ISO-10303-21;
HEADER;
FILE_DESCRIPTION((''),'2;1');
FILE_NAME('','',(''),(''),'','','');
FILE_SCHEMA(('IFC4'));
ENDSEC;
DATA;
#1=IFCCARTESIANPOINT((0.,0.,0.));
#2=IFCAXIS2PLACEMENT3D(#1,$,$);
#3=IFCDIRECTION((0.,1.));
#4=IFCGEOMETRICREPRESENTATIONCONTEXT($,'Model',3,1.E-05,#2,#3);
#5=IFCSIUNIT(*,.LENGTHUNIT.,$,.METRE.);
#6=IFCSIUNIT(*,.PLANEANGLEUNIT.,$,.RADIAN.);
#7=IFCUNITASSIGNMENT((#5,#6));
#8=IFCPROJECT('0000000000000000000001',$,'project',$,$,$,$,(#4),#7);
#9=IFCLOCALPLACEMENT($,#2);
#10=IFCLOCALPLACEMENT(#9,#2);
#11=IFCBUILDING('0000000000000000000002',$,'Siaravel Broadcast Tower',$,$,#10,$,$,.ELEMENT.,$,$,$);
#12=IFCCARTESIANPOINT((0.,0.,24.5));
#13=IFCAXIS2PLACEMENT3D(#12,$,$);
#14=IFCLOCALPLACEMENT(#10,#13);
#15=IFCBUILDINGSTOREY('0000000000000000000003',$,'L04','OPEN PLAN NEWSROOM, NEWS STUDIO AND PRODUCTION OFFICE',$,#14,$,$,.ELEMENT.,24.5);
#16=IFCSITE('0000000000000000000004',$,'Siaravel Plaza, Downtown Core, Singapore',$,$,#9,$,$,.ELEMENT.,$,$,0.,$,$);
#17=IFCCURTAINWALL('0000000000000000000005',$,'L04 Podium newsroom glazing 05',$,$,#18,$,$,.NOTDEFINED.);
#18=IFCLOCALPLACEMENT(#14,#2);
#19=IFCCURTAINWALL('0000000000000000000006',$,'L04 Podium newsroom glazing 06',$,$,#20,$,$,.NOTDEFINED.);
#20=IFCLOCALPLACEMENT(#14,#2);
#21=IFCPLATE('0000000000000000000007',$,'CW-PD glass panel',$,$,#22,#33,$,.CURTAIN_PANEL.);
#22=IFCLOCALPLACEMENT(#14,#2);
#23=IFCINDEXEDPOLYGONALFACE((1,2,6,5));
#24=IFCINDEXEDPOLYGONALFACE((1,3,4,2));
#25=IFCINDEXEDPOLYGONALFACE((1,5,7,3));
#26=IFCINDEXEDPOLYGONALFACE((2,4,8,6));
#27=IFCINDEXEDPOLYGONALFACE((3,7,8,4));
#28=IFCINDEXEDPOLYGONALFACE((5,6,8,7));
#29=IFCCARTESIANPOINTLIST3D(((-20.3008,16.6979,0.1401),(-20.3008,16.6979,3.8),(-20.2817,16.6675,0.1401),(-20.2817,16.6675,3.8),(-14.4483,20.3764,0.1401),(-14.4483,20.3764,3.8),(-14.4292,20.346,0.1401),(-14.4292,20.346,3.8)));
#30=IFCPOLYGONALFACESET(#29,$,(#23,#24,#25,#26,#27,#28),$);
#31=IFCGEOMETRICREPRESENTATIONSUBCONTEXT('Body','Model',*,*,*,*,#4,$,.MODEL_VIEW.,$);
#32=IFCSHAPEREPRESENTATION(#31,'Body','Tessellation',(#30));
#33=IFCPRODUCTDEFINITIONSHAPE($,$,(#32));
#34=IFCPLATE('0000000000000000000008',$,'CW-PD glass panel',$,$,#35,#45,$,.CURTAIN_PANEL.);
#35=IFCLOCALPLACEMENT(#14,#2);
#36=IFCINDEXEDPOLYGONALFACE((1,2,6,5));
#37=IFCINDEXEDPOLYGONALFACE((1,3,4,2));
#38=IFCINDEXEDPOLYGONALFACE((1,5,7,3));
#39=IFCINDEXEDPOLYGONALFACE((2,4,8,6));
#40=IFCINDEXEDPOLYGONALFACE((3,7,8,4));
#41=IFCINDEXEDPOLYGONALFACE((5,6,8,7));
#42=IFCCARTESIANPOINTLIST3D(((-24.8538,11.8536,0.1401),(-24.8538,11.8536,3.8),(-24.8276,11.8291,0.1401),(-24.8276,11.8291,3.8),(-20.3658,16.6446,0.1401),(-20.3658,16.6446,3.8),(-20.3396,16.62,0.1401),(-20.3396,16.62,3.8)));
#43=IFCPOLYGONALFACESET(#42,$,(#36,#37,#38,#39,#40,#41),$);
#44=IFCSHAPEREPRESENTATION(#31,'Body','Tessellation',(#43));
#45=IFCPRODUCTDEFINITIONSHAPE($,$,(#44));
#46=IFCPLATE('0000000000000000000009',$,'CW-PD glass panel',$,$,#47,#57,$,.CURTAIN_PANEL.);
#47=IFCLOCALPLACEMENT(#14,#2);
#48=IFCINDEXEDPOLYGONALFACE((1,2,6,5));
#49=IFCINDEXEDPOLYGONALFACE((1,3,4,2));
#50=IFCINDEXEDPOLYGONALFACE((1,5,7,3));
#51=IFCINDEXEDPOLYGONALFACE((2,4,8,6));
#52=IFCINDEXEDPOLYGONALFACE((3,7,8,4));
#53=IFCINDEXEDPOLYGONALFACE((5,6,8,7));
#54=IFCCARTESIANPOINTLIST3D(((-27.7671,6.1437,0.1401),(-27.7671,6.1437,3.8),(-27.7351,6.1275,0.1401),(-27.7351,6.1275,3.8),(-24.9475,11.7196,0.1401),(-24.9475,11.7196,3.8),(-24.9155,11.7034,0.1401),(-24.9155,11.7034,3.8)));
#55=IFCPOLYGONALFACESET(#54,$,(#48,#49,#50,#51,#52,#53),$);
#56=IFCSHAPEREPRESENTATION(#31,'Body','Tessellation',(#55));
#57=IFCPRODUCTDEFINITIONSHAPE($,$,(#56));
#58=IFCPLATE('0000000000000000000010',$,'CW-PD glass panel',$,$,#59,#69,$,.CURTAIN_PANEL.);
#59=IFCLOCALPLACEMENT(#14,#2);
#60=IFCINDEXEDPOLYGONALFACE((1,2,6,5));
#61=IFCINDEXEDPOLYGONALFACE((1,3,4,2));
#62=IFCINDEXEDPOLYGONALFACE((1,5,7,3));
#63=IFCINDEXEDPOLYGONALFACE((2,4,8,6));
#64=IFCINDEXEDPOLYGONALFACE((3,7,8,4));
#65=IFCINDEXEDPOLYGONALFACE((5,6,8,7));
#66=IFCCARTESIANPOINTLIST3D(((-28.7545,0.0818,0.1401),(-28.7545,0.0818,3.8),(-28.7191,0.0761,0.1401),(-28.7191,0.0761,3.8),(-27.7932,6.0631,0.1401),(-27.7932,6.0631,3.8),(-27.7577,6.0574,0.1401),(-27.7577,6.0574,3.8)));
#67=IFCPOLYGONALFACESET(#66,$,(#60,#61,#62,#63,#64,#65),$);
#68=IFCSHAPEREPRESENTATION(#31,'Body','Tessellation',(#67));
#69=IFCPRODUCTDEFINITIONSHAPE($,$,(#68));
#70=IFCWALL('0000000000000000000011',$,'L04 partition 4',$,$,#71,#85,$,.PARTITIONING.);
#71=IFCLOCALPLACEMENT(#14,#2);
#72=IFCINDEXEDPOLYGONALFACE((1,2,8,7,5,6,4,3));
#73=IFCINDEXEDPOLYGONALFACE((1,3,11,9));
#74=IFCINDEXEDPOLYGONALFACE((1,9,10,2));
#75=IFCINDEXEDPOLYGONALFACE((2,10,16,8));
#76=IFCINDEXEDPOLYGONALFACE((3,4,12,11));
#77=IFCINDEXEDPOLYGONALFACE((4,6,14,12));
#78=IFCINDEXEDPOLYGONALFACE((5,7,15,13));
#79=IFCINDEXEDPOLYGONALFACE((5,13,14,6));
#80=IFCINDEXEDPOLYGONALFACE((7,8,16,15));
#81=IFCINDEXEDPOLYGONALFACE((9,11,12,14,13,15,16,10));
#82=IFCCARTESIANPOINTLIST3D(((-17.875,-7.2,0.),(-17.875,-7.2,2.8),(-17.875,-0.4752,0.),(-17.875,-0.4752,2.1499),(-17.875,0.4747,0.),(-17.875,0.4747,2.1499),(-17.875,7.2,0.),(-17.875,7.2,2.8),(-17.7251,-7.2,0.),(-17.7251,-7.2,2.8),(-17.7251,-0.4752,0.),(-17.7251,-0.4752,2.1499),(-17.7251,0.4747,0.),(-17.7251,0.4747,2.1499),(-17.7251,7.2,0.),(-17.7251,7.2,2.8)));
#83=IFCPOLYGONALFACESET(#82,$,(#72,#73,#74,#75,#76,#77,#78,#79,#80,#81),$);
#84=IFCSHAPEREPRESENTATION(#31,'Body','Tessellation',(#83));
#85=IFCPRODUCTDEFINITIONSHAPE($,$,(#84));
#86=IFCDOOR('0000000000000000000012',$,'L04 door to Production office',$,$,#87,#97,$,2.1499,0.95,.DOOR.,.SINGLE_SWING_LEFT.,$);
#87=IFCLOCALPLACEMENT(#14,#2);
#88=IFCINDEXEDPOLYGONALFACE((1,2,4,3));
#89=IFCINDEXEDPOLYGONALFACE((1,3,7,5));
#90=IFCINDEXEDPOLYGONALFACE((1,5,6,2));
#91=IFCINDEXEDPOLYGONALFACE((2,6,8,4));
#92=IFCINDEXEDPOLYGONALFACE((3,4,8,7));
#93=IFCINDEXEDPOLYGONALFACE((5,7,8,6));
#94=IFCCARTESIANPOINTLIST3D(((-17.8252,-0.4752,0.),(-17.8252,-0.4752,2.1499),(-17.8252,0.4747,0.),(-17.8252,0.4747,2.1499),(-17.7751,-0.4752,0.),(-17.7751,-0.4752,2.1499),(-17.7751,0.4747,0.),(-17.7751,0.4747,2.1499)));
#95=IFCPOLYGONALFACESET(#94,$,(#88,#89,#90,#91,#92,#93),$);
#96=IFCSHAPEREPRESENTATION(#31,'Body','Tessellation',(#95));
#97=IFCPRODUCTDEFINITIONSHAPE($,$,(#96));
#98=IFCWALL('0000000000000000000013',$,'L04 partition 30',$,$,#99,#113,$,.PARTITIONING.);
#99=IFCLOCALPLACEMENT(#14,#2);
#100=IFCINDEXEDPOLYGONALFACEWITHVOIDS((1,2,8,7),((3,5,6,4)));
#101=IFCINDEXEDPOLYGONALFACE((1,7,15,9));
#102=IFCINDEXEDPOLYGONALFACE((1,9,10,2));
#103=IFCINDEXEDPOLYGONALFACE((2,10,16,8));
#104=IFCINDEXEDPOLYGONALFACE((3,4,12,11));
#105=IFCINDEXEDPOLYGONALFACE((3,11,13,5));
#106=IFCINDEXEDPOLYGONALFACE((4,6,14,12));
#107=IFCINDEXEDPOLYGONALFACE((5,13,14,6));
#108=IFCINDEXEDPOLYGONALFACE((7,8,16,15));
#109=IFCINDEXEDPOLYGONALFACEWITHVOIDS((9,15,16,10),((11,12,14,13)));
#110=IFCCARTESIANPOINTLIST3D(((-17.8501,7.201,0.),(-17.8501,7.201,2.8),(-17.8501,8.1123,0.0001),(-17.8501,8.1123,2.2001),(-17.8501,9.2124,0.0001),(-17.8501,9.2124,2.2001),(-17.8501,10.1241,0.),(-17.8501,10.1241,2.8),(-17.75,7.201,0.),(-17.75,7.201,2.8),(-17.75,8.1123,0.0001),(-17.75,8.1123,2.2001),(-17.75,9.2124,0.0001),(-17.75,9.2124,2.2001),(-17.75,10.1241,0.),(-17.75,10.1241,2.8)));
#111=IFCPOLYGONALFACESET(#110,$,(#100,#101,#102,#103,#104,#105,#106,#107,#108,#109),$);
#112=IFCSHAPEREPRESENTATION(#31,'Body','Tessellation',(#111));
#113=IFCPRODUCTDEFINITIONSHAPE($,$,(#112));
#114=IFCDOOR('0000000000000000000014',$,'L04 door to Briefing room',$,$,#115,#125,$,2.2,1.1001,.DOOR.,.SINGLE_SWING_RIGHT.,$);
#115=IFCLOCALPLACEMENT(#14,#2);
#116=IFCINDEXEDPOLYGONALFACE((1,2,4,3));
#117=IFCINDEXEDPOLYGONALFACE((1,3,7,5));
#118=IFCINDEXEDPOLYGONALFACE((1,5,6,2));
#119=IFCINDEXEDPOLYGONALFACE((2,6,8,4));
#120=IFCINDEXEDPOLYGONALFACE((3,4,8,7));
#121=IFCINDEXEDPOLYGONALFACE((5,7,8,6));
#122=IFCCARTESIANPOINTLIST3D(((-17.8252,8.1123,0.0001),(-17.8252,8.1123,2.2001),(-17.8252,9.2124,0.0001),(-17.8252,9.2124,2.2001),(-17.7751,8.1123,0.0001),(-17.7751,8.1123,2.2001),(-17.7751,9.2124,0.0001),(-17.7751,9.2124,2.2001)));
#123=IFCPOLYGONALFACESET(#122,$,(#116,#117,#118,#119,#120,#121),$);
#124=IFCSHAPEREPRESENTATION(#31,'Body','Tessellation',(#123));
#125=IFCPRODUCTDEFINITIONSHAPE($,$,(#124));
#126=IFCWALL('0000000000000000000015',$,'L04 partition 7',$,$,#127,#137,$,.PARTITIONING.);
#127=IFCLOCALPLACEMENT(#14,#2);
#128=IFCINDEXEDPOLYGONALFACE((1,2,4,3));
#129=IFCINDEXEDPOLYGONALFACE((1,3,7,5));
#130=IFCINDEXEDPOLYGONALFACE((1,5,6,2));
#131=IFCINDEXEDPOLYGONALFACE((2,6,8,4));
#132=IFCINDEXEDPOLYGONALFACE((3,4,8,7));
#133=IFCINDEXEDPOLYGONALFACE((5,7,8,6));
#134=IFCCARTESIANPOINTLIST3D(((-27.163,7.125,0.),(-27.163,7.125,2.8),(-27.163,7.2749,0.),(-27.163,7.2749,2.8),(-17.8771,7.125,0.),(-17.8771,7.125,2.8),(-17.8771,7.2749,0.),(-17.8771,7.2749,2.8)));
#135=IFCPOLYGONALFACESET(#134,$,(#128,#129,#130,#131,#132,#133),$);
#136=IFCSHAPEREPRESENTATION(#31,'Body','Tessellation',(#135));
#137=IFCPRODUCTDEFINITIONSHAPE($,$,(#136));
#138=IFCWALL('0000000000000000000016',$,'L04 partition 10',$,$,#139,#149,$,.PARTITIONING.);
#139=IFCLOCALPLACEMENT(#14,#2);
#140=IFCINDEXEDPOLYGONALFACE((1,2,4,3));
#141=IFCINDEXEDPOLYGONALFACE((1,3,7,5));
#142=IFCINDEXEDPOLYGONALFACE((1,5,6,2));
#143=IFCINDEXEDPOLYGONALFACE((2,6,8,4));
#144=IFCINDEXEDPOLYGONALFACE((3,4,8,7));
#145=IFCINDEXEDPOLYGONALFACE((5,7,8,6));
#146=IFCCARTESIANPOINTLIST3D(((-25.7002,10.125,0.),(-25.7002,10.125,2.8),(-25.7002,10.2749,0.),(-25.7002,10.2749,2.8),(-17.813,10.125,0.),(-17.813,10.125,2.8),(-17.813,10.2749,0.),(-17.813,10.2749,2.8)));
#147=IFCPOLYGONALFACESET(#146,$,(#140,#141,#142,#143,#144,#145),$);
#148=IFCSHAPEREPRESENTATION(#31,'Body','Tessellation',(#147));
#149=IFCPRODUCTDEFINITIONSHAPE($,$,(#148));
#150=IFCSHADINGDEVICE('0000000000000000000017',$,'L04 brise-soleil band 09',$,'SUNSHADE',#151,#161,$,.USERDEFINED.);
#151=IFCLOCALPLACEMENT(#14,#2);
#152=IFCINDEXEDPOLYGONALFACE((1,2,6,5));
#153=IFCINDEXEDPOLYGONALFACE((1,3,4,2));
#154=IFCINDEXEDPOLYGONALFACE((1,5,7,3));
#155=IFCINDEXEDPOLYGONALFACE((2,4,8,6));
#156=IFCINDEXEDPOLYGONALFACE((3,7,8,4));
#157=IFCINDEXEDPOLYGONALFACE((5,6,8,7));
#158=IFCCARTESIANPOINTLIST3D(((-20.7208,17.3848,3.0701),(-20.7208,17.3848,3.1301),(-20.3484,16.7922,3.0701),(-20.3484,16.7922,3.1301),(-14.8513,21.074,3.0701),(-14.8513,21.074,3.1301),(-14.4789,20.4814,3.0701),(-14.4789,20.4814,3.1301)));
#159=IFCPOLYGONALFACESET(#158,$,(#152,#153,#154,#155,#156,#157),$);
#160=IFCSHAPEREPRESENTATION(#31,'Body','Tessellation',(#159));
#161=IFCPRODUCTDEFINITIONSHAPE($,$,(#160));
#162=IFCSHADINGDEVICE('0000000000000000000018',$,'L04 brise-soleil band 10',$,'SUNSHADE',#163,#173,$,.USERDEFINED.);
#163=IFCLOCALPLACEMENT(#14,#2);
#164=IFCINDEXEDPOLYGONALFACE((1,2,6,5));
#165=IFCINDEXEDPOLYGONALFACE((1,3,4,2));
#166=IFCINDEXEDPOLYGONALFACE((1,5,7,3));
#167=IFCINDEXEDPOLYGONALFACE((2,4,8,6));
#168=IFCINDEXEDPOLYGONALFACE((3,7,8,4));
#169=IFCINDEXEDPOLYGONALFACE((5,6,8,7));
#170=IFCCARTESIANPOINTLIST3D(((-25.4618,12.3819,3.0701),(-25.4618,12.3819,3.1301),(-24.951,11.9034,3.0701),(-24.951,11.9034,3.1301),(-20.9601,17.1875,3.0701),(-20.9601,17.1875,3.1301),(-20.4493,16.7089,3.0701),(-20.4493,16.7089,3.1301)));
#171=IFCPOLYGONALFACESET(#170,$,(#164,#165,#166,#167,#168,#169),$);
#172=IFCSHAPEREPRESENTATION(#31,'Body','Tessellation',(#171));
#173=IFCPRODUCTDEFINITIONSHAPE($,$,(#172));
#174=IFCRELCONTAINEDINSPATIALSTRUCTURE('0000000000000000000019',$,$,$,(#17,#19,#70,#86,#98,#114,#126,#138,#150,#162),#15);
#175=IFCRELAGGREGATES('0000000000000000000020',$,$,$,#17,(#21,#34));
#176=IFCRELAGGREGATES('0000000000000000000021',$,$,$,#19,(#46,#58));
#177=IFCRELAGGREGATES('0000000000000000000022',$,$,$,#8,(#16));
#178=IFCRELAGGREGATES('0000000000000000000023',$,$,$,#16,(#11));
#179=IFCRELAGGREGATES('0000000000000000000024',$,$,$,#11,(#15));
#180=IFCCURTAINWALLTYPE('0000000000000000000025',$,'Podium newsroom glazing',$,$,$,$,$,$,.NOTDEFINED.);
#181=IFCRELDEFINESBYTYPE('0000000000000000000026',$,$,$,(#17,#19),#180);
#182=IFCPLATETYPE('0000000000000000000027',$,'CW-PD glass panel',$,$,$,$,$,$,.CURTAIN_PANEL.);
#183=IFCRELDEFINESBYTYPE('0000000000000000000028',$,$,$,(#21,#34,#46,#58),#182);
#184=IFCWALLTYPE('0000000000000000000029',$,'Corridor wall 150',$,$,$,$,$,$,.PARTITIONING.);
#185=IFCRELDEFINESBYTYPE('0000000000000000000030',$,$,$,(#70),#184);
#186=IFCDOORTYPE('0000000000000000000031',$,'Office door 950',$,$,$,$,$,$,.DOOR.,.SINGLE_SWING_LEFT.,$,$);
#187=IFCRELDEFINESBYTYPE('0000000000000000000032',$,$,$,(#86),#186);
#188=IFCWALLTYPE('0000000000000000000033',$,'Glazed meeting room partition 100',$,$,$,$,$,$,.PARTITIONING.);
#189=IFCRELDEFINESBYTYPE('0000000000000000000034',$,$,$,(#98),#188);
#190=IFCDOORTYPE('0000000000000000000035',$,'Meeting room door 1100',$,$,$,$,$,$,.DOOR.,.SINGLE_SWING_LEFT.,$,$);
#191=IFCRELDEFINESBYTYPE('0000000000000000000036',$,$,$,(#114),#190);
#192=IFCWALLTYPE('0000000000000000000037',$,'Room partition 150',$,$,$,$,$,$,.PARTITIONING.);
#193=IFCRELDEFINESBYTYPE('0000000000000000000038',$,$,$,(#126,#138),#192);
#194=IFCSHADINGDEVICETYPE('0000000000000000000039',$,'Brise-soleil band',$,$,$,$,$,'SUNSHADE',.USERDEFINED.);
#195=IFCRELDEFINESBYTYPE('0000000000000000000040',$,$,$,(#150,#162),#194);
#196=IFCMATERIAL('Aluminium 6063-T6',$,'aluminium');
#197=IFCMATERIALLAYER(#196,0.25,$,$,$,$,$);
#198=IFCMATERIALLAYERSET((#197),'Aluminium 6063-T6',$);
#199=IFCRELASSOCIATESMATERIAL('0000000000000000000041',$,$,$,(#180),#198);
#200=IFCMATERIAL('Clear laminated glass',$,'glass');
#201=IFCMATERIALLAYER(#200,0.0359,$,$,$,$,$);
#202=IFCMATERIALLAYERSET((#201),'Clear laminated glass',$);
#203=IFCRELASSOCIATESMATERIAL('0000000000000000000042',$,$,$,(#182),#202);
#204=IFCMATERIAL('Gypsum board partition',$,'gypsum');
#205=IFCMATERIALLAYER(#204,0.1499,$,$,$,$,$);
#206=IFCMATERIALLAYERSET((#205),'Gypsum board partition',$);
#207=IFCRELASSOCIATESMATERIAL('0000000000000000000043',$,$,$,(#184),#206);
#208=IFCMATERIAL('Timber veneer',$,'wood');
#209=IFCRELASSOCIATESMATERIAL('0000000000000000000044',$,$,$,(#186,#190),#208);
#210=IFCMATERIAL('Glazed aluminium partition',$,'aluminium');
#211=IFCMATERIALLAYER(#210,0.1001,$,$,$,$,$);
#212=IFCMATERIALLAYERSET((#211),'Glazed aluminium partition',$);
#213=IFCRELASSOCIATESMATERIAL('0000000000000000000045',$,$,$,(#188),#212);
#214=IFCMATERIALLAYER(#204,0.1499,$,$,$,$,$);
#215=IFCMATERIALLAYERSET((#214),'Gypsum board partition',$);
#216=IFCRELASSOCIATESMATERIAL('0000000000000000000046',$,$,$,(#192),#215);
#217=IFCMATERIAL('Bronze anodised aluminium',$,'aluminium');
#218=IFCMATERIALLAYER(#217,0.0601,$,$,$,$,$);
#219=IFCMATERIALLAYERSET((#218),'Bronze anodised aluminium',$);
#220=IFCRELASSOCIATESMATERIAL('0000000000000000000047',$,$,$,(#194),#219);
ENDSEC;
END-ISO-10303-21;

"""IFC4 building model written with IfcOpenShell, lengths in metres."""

from ifc_helpers import new_model, si_unit, direction, frame, frame_2d, origin, origin_2d, place, context, subcontext, project, spatial, rectangle, extrude, material, layer, layer_set, type_object, element, fill, aggregate, save


model = new_model("IFC4")

# Units and contexts
model_context = context("Model", 3, precision=1e-05, world=origin(), true_north=direction((0.0, 1.0)))
body_context = subcontext(model_context, "Body", "Model", "MODEL_VIEW")
ifc_project = project(units=[si_unit("LENGTHUNIT", "METRE"), si_unit("PLANEANGLEUNIT", "RADIAN")], contexts=[model_context])

# Site, building, storey
site_placement = place(None, origin())
site = spatial("IfcSite", under=ifc_project, at=site_placement, Name="Siaravel Plaza, Downtown Core, Singapore", CompositionType="ELEMENT", RefElevation=0.0)
building_placement = place(site_placement, origin())
building = spatial("IfcBuilding", under=site, at=building_placement, Name="Siaravel Broadcast Tower", CompositionType="ELEMENT")
storey_placement = place(building_placement, frame((0.0, 0.0, 24.5)))
storey = spatial("IfcBuildingStorey", under=building, at=storey_placement, Name="L04", Description="OPEN PLAN NEWSROOM, NEWS STUDIO AND PRODUCTION OFFICE", CompositionType="ELEMENT", Elevation=24.5)

# Curtain walls
ifc_material_1 = material(Name="Aluminium 6063-T6", Category="aluminium")
ifc_layer_1 = layer(ifc_material_1, 0.25)
ifc_layer_set_1 = layer_set([ifc_layer_1], Name="Aluminium 6063-T6")
curtain_wall_type = type_object("IfcCurtainWallType", Name="Podium newsroom glazing", PredefinedType="NOTDEFINED", material=ifc_layer_set_1)
curtain_wall_1_placement = place(storey_placement, origin())
curtain_wall_1 = element("IfcCurtainWall", 1, at=curtain_wall_1_placement, inside=storey, type_object=curtain_wall_type, Name="L04 Podium newsroom glazing 05", PredefinedType="NOTDEFINED")
curtain_wall_2_placement = place(storey_placement, origin())
curtain_wall_2 = element("IfcCurtainWall", 2, at=curtain_wall_2_placement, inside=storey, type_object=curtain_wall_type, Name="L04 Podium newsroom glazing 06", PredefinedType="NOTDEFINED")

# Plates
ifc_material_2 = material(Name="Clear laminated glass", Category="glass")
ifc_layer_2 = layer(ifc_material_2, 0.0359)
ifc_layer_set_2 = layer_set([ifc_layer_2], Name="Clear laminated glass")
plate_type = type_object("IfcPlateType", Name="CW-PD glass panel", PredefinedType="CURTAIN_PANEL", material=ifc_layer_set_2)
plate_1_placement = place(storey_placement, frame((-17.365, 18.522, 0.1401), z_axis=(0.0, 0.0, 1.0), x_axis=(-0.846651, -0.532149, 0.0)))
plate_1 = element("IfcPlate", 3, at=plate_1_placement, type_object=plate_type, Name="CW-PD glass panel", PredefinedType="CURTAIN_PANEL", context=body_context, shape_type="SweptSolid", body=[
    extrude(rectangle(XDim=6.9126, YDim=0.0359, at=origin_2d()), origin(), (0.0, 0.0, 1.0), 3.6599),
])
plate_2_placement = place(storey_placement, frame((-22.5967, 14.2368, 0.1401), z_axis=(0.0, 0.0, 1.0), x_axis=(-0.683656, -0.729804, 0.0)))
plate_2 = element("IfcPlate", 4, at=plate_2_placement, type_object=plate_type, Name="CW-PD glass panel", PredefinedType="CURTAIN_PANEL", context=body_context, shape_type="SweptSolid", body=[
    extrude(rectangle(XDim=6.5647, YDim=0.0359, at=origin_2d()), origin(), (0.0, 0.0, 1.0), 3.6599),
])
aggregate(curtain_wall_1, [plate_1, plate_2])
plate_3_placement = place(storey_placement, frame((-26.3413, 8.9236, 0.1401), z_axis=(0.0, 0.0, 1.0), x_axis=(-0.451262, -0.892392, 0.0)))
plate_3 = element("IfcPlate", 5, at=plate_3_placement, type_object=plate_type, Name="CW-PD glass panel", PredefinedType="CURTAIN_PANEL", context=body_context, shape_type="SweptSolid", body=[
    extrude(rectangle(XDim=6.2483, YDim=0.0359, at=origin_2d()), origin(), (0.0, 0.0, 1.0), 3.6599),
])
plate_4_placement = place(storey_placement, frame((-28.2561, 3.0696, 0.1401), z_axis=(0.0, 0.0, 1.0), x_axis=(-0.158686, -0.987329, 0.0)))
plate_4 = element("IfcPlate", 6, at=plate_4_placement, type_object=plate_type, Name="CW-PD glass panel", PredefinedType="CURTAIN_PANEL", context=body_context, shape_type="SweptSolid", body=[
    extrude(rectangle(XDim=6.0581, YDim=0.0359, at=origin_2d()), origin(), (0.0, 0.0, 1.0), 3.6599),
])
aggregate(curtain_wall_2, [plate_3, plate_4])

# Walls, openings, doors
ifc_material_3 = material(Name="Gypsum board partition", Category="gypsum")
ifc_layer_3 = layer(ifc_material_3, 0.1499)
ifc_layer_set_3 = layer_set([ifc_layer_3], Name="Gypsum board partition")
wall_type_1 = type_object("IfcWallType", Name="Corridor wall 150", PredefinedType="PARTITIONING", material=ifc_layer_set_3)
wall_1_placement = place(storey_placement, frame((-17.8, 7.2, 0.0), z_axis=(0.0, 0.0, 1.0), x_axis=(0.0, -1.0, 0.0)))
wall_1 = element("IfcWall", 7, at=wall_1_placement, inside=storey, type_object=wall_type_1, Name="L04 partition 4", PredefinedType="PARTITIONING", context=body_context, shape_type="SweptSolid", body=[
    extrude(rectangle(XDim=14.3999, YDim=0.1499, at=frame_2d((7.2, 0.0))), origin(), (0.0, 0.0, 1.0), 2.8),
])
opening_1_placement = place(wall_1_placement, frame((6.7251, 0.0, 0.0)))
opening_1 = element("IfcOpeningElement", 8, at=opening_1_placement, cuts=wall_1, PredefinedType="OPENING", context=body_context, shape_type="SweptSolid", body=[
    extrude(rectangle(XDim=0.95, YDim=2.1499, at=frame_2d((0.4751, 1.075))), frame((0.0, 0.085, 0.0), z_axis=(0.0, -1.0, 0.0), x_axis=(1.0, 0.0, 0.0)), (0.0, 0.0, 1.0), 0.1699),
])
ifc_material_4 = material(Name="Timber veneer", Category="wood")
door_type_1 = type_object("IfcDoorType", Name="Office door 950", OperationType="SINGLE_SWING_LEFT", PredefinedType="DOOR", material=ifc_material_4)
door_1_placement = place(opening_1_placement, origin())
door_1 = element("IfcDoor", 9, at=door_1_placement, inside=storey, type_object=door_type_1, Name="L04 door to Production office", OperationType="SINGLE_SWING_LEFT", OverallHeight=2.1499, OverallWidth=0.95, PredefinedType="DOOR", context=body_context, shape_type="SweptSolid", body=[
    extrude(rectangle(XDim=0.95, YDim=2.1499, at=frame_2d((0.4751, 1.075))), frame((0.0, 0.0249, 0.0), z_axis=(0.0, -1.0, 0.0), x_axis=(1.0, 0.0, 0.0)), (0.0, 0.0, 1.0), 0.05),
])
fill(opening_1, door_1)
ifc_material_5 = material(Name="Glazed aluminium partition", Category="aluminium")
ifc_layer_4 = layer(ifc_material_5, 0.1001)
ifc_layer_set_4 = layer_set([ifc_layer_4], Name="Glazed aluminium partition")
wall_type_2 = type_object("IfcWallType", Name="Glazed meeting room partition 100", PredefinedType="PARTITIONING", material=ifc_layer_set_4)
wall_2_placement = place(storey_placement, frame((-17.8, 10.124, 0.0), z_axis=(0.0, 0.0, 1.0), x_axis=(0.0, -1.0, 0.0)))
wall_2 = element("IfcWall", 10, at=wall_2_placement, inside=storey, type_object=wall_type_2, Name="L04 partition 30", PredefinedType="PARTITIONING", context=body_context, shape_type="SweptSolid", body=[
    extrude(rectangle(XDim=2.9231, YDim=0.1001, at=frame_2d((1.4614, 0.0))), origin(), (0.0, 0.0, 1.0), 2.8),
])
opening_2_placement = place(wall_2_placement, frame((0.9116, 0.0, 0.0)))
opening_2 = element("IfcOpeningElement", 11, at=opening_2_placement, cuts=wall_2, PredefinedType="OPENING", context=body_context, shape_type="SweptSolid", body=[
    extrude(rectangle(XDim=1.1001, YDim=2.2, at=frame_2d((0.55, 1.1001))), frame((0.0, 0.0601, 0.0), z_axis=(0.0, -1.0, 0.0), x_axis=(1.0, 0.0, 0.0)), (0.0, 0.0, 1.0), 0.1201),
])
door_type_2 = type_object("IfcDoorType", Name="Meeting room door 1100", OperationType="SINGLE_SWING_LEFT", PredefinedType="DOOR", material=ifc_material_4)
door_2_placement = place(opening_2_placement, origin())
door_2 = element("IfcDoor", 12, at=door_2_placement, inside=storey, type_object=door_type_2, Name="L04 door to Briefing room", OperationType="SINGLE_SWING_RIGHT", OverallHeight=2.2, OverallWidth=1.1001, PredefinedType="DOOR", context=body_context, shape_type="SweptSolid", body=[
    extrude(rectangle(XDim=1.1001, YDim=2.2, at=frame_2d((0.55, 1.1001))), frame((0.0, 0.0249, 0.0), z_axis=(0.0, -1.0, 0.0), x_axis=(1.0, 0.0, 0.0)), (0.0, 0.0, 1.0), 0.05),
])
fill(opening_2, door_2)

# Walls
ifc_layer_5 = layer(ifc_material_3, 0.1499)
ifc_layer_set_5 = layer_set([ifc_layer_5], Name="Gypsum board partition")
wall_type_3 = type_object("IfcWallType", Name="Room partition 150", PredefinedType="PARTITIONING", material=ifc_layer_set_5)
wall_3_placement = place(storey_placement, frame((-17.877, 7.2, 0.0), z_axis=(0.0, 0.0, 1.0), x_axis=(-1.0, 0.0, 0.0)))
element("IfcWall", 13, at=wall_3_placement, inside=storey, type_object=wall_type_3, Name="L04 partition 7", PredefinedType="PARTITIONING", context=body_context, shape_type="SweptSolid", body=[
    extrude(rectangle(XDim=9.2859, YDim=0.1499, at=frame_2d((4.6431, 0.0))), origin(), (0.0, 0.0, 1.0), 2.8),
])
wall_4_placement = place(storey_placement, frame((-25.7002, 10.2, 0.0), z_axis=(0.0, 0.0, 1.0), x_axis=(1.0, 0.0, 0.0)))
element("IfcWall", 14, at=wall_4_placement, inside=storey, type_object=wall_type_3, Name="L04 partition 10", PredefinedType="PARTITIONING", context=body_context, shape_type="SweptSolid", body=[
    extrude(rectangle(XDim=7.8872, YDim=0.1499, at=frame_2d((3.9436, 0.0))), origin(), (0.0, 0.0, 1.0), 2.8),
])

# Shading devices
ifc_material_6 = material(Name="Bronze anodised aluminium", Category="aluminium")
ifc_layer_6 = layer(ifc_material_6, 0.0601)
ifc_layer_set_6 = layer_set([ifc_layer_6], Name="Bronze anodised aluminium")
shading_device_type = type_object("IfcShadingDeviceType", Name="Brise-soleil band", ElementType="SUNSHADE", PredefinedType="USERDEFINED", material=ifc_layer_set_6)
shading_device_1_placement = place(storey_placement, frame((-17.5999, 18.9331, 3.0701), z_axis=(0.0, 0.0, 1.0), x_axis=(-0.846651, -0.532148, 0.0)))
element("IfcShadingDevice", 15, at=shading_device_1_placement, inside=storey, type_object=shading_device_type, Name="L04 brise-soleil band 09", ObjectType="SUNSHADE", PredefinedType="USERDEFINED", context=body_context, shape_type="SweptSolid", body=[
    extrude(rectangle(XDim=6.9326, YDim=0.7, at=origin_2d()), origin(), (0.0, 0.0, 1.0), 0.0601),
])
shading_device_2_placement = place(storey_placement, frame((-22.9556, 14.5454, 3.0701), z_axis=(0.0, 0.0, 1.0), x_axis=(-0.683656, -0.729804, 0.0)))
element("IfcShadingDevice", 16, at=shading_device_2_placement, inside=storey, type_object=shading_device_type, Name="L04 brise-soleil band 10", ObjectType="SUNSHADE", PredefinedType="USERDEFINED", context=body_context, shape_type="SweptSolid", body=[
    extrude(rectangle(XDim=6.5847, YDim=0.7, at=origin_2d()), origin(), (0.0, 0.0, 1.0), 0.0601),
])

save(model, "model.ifc")
